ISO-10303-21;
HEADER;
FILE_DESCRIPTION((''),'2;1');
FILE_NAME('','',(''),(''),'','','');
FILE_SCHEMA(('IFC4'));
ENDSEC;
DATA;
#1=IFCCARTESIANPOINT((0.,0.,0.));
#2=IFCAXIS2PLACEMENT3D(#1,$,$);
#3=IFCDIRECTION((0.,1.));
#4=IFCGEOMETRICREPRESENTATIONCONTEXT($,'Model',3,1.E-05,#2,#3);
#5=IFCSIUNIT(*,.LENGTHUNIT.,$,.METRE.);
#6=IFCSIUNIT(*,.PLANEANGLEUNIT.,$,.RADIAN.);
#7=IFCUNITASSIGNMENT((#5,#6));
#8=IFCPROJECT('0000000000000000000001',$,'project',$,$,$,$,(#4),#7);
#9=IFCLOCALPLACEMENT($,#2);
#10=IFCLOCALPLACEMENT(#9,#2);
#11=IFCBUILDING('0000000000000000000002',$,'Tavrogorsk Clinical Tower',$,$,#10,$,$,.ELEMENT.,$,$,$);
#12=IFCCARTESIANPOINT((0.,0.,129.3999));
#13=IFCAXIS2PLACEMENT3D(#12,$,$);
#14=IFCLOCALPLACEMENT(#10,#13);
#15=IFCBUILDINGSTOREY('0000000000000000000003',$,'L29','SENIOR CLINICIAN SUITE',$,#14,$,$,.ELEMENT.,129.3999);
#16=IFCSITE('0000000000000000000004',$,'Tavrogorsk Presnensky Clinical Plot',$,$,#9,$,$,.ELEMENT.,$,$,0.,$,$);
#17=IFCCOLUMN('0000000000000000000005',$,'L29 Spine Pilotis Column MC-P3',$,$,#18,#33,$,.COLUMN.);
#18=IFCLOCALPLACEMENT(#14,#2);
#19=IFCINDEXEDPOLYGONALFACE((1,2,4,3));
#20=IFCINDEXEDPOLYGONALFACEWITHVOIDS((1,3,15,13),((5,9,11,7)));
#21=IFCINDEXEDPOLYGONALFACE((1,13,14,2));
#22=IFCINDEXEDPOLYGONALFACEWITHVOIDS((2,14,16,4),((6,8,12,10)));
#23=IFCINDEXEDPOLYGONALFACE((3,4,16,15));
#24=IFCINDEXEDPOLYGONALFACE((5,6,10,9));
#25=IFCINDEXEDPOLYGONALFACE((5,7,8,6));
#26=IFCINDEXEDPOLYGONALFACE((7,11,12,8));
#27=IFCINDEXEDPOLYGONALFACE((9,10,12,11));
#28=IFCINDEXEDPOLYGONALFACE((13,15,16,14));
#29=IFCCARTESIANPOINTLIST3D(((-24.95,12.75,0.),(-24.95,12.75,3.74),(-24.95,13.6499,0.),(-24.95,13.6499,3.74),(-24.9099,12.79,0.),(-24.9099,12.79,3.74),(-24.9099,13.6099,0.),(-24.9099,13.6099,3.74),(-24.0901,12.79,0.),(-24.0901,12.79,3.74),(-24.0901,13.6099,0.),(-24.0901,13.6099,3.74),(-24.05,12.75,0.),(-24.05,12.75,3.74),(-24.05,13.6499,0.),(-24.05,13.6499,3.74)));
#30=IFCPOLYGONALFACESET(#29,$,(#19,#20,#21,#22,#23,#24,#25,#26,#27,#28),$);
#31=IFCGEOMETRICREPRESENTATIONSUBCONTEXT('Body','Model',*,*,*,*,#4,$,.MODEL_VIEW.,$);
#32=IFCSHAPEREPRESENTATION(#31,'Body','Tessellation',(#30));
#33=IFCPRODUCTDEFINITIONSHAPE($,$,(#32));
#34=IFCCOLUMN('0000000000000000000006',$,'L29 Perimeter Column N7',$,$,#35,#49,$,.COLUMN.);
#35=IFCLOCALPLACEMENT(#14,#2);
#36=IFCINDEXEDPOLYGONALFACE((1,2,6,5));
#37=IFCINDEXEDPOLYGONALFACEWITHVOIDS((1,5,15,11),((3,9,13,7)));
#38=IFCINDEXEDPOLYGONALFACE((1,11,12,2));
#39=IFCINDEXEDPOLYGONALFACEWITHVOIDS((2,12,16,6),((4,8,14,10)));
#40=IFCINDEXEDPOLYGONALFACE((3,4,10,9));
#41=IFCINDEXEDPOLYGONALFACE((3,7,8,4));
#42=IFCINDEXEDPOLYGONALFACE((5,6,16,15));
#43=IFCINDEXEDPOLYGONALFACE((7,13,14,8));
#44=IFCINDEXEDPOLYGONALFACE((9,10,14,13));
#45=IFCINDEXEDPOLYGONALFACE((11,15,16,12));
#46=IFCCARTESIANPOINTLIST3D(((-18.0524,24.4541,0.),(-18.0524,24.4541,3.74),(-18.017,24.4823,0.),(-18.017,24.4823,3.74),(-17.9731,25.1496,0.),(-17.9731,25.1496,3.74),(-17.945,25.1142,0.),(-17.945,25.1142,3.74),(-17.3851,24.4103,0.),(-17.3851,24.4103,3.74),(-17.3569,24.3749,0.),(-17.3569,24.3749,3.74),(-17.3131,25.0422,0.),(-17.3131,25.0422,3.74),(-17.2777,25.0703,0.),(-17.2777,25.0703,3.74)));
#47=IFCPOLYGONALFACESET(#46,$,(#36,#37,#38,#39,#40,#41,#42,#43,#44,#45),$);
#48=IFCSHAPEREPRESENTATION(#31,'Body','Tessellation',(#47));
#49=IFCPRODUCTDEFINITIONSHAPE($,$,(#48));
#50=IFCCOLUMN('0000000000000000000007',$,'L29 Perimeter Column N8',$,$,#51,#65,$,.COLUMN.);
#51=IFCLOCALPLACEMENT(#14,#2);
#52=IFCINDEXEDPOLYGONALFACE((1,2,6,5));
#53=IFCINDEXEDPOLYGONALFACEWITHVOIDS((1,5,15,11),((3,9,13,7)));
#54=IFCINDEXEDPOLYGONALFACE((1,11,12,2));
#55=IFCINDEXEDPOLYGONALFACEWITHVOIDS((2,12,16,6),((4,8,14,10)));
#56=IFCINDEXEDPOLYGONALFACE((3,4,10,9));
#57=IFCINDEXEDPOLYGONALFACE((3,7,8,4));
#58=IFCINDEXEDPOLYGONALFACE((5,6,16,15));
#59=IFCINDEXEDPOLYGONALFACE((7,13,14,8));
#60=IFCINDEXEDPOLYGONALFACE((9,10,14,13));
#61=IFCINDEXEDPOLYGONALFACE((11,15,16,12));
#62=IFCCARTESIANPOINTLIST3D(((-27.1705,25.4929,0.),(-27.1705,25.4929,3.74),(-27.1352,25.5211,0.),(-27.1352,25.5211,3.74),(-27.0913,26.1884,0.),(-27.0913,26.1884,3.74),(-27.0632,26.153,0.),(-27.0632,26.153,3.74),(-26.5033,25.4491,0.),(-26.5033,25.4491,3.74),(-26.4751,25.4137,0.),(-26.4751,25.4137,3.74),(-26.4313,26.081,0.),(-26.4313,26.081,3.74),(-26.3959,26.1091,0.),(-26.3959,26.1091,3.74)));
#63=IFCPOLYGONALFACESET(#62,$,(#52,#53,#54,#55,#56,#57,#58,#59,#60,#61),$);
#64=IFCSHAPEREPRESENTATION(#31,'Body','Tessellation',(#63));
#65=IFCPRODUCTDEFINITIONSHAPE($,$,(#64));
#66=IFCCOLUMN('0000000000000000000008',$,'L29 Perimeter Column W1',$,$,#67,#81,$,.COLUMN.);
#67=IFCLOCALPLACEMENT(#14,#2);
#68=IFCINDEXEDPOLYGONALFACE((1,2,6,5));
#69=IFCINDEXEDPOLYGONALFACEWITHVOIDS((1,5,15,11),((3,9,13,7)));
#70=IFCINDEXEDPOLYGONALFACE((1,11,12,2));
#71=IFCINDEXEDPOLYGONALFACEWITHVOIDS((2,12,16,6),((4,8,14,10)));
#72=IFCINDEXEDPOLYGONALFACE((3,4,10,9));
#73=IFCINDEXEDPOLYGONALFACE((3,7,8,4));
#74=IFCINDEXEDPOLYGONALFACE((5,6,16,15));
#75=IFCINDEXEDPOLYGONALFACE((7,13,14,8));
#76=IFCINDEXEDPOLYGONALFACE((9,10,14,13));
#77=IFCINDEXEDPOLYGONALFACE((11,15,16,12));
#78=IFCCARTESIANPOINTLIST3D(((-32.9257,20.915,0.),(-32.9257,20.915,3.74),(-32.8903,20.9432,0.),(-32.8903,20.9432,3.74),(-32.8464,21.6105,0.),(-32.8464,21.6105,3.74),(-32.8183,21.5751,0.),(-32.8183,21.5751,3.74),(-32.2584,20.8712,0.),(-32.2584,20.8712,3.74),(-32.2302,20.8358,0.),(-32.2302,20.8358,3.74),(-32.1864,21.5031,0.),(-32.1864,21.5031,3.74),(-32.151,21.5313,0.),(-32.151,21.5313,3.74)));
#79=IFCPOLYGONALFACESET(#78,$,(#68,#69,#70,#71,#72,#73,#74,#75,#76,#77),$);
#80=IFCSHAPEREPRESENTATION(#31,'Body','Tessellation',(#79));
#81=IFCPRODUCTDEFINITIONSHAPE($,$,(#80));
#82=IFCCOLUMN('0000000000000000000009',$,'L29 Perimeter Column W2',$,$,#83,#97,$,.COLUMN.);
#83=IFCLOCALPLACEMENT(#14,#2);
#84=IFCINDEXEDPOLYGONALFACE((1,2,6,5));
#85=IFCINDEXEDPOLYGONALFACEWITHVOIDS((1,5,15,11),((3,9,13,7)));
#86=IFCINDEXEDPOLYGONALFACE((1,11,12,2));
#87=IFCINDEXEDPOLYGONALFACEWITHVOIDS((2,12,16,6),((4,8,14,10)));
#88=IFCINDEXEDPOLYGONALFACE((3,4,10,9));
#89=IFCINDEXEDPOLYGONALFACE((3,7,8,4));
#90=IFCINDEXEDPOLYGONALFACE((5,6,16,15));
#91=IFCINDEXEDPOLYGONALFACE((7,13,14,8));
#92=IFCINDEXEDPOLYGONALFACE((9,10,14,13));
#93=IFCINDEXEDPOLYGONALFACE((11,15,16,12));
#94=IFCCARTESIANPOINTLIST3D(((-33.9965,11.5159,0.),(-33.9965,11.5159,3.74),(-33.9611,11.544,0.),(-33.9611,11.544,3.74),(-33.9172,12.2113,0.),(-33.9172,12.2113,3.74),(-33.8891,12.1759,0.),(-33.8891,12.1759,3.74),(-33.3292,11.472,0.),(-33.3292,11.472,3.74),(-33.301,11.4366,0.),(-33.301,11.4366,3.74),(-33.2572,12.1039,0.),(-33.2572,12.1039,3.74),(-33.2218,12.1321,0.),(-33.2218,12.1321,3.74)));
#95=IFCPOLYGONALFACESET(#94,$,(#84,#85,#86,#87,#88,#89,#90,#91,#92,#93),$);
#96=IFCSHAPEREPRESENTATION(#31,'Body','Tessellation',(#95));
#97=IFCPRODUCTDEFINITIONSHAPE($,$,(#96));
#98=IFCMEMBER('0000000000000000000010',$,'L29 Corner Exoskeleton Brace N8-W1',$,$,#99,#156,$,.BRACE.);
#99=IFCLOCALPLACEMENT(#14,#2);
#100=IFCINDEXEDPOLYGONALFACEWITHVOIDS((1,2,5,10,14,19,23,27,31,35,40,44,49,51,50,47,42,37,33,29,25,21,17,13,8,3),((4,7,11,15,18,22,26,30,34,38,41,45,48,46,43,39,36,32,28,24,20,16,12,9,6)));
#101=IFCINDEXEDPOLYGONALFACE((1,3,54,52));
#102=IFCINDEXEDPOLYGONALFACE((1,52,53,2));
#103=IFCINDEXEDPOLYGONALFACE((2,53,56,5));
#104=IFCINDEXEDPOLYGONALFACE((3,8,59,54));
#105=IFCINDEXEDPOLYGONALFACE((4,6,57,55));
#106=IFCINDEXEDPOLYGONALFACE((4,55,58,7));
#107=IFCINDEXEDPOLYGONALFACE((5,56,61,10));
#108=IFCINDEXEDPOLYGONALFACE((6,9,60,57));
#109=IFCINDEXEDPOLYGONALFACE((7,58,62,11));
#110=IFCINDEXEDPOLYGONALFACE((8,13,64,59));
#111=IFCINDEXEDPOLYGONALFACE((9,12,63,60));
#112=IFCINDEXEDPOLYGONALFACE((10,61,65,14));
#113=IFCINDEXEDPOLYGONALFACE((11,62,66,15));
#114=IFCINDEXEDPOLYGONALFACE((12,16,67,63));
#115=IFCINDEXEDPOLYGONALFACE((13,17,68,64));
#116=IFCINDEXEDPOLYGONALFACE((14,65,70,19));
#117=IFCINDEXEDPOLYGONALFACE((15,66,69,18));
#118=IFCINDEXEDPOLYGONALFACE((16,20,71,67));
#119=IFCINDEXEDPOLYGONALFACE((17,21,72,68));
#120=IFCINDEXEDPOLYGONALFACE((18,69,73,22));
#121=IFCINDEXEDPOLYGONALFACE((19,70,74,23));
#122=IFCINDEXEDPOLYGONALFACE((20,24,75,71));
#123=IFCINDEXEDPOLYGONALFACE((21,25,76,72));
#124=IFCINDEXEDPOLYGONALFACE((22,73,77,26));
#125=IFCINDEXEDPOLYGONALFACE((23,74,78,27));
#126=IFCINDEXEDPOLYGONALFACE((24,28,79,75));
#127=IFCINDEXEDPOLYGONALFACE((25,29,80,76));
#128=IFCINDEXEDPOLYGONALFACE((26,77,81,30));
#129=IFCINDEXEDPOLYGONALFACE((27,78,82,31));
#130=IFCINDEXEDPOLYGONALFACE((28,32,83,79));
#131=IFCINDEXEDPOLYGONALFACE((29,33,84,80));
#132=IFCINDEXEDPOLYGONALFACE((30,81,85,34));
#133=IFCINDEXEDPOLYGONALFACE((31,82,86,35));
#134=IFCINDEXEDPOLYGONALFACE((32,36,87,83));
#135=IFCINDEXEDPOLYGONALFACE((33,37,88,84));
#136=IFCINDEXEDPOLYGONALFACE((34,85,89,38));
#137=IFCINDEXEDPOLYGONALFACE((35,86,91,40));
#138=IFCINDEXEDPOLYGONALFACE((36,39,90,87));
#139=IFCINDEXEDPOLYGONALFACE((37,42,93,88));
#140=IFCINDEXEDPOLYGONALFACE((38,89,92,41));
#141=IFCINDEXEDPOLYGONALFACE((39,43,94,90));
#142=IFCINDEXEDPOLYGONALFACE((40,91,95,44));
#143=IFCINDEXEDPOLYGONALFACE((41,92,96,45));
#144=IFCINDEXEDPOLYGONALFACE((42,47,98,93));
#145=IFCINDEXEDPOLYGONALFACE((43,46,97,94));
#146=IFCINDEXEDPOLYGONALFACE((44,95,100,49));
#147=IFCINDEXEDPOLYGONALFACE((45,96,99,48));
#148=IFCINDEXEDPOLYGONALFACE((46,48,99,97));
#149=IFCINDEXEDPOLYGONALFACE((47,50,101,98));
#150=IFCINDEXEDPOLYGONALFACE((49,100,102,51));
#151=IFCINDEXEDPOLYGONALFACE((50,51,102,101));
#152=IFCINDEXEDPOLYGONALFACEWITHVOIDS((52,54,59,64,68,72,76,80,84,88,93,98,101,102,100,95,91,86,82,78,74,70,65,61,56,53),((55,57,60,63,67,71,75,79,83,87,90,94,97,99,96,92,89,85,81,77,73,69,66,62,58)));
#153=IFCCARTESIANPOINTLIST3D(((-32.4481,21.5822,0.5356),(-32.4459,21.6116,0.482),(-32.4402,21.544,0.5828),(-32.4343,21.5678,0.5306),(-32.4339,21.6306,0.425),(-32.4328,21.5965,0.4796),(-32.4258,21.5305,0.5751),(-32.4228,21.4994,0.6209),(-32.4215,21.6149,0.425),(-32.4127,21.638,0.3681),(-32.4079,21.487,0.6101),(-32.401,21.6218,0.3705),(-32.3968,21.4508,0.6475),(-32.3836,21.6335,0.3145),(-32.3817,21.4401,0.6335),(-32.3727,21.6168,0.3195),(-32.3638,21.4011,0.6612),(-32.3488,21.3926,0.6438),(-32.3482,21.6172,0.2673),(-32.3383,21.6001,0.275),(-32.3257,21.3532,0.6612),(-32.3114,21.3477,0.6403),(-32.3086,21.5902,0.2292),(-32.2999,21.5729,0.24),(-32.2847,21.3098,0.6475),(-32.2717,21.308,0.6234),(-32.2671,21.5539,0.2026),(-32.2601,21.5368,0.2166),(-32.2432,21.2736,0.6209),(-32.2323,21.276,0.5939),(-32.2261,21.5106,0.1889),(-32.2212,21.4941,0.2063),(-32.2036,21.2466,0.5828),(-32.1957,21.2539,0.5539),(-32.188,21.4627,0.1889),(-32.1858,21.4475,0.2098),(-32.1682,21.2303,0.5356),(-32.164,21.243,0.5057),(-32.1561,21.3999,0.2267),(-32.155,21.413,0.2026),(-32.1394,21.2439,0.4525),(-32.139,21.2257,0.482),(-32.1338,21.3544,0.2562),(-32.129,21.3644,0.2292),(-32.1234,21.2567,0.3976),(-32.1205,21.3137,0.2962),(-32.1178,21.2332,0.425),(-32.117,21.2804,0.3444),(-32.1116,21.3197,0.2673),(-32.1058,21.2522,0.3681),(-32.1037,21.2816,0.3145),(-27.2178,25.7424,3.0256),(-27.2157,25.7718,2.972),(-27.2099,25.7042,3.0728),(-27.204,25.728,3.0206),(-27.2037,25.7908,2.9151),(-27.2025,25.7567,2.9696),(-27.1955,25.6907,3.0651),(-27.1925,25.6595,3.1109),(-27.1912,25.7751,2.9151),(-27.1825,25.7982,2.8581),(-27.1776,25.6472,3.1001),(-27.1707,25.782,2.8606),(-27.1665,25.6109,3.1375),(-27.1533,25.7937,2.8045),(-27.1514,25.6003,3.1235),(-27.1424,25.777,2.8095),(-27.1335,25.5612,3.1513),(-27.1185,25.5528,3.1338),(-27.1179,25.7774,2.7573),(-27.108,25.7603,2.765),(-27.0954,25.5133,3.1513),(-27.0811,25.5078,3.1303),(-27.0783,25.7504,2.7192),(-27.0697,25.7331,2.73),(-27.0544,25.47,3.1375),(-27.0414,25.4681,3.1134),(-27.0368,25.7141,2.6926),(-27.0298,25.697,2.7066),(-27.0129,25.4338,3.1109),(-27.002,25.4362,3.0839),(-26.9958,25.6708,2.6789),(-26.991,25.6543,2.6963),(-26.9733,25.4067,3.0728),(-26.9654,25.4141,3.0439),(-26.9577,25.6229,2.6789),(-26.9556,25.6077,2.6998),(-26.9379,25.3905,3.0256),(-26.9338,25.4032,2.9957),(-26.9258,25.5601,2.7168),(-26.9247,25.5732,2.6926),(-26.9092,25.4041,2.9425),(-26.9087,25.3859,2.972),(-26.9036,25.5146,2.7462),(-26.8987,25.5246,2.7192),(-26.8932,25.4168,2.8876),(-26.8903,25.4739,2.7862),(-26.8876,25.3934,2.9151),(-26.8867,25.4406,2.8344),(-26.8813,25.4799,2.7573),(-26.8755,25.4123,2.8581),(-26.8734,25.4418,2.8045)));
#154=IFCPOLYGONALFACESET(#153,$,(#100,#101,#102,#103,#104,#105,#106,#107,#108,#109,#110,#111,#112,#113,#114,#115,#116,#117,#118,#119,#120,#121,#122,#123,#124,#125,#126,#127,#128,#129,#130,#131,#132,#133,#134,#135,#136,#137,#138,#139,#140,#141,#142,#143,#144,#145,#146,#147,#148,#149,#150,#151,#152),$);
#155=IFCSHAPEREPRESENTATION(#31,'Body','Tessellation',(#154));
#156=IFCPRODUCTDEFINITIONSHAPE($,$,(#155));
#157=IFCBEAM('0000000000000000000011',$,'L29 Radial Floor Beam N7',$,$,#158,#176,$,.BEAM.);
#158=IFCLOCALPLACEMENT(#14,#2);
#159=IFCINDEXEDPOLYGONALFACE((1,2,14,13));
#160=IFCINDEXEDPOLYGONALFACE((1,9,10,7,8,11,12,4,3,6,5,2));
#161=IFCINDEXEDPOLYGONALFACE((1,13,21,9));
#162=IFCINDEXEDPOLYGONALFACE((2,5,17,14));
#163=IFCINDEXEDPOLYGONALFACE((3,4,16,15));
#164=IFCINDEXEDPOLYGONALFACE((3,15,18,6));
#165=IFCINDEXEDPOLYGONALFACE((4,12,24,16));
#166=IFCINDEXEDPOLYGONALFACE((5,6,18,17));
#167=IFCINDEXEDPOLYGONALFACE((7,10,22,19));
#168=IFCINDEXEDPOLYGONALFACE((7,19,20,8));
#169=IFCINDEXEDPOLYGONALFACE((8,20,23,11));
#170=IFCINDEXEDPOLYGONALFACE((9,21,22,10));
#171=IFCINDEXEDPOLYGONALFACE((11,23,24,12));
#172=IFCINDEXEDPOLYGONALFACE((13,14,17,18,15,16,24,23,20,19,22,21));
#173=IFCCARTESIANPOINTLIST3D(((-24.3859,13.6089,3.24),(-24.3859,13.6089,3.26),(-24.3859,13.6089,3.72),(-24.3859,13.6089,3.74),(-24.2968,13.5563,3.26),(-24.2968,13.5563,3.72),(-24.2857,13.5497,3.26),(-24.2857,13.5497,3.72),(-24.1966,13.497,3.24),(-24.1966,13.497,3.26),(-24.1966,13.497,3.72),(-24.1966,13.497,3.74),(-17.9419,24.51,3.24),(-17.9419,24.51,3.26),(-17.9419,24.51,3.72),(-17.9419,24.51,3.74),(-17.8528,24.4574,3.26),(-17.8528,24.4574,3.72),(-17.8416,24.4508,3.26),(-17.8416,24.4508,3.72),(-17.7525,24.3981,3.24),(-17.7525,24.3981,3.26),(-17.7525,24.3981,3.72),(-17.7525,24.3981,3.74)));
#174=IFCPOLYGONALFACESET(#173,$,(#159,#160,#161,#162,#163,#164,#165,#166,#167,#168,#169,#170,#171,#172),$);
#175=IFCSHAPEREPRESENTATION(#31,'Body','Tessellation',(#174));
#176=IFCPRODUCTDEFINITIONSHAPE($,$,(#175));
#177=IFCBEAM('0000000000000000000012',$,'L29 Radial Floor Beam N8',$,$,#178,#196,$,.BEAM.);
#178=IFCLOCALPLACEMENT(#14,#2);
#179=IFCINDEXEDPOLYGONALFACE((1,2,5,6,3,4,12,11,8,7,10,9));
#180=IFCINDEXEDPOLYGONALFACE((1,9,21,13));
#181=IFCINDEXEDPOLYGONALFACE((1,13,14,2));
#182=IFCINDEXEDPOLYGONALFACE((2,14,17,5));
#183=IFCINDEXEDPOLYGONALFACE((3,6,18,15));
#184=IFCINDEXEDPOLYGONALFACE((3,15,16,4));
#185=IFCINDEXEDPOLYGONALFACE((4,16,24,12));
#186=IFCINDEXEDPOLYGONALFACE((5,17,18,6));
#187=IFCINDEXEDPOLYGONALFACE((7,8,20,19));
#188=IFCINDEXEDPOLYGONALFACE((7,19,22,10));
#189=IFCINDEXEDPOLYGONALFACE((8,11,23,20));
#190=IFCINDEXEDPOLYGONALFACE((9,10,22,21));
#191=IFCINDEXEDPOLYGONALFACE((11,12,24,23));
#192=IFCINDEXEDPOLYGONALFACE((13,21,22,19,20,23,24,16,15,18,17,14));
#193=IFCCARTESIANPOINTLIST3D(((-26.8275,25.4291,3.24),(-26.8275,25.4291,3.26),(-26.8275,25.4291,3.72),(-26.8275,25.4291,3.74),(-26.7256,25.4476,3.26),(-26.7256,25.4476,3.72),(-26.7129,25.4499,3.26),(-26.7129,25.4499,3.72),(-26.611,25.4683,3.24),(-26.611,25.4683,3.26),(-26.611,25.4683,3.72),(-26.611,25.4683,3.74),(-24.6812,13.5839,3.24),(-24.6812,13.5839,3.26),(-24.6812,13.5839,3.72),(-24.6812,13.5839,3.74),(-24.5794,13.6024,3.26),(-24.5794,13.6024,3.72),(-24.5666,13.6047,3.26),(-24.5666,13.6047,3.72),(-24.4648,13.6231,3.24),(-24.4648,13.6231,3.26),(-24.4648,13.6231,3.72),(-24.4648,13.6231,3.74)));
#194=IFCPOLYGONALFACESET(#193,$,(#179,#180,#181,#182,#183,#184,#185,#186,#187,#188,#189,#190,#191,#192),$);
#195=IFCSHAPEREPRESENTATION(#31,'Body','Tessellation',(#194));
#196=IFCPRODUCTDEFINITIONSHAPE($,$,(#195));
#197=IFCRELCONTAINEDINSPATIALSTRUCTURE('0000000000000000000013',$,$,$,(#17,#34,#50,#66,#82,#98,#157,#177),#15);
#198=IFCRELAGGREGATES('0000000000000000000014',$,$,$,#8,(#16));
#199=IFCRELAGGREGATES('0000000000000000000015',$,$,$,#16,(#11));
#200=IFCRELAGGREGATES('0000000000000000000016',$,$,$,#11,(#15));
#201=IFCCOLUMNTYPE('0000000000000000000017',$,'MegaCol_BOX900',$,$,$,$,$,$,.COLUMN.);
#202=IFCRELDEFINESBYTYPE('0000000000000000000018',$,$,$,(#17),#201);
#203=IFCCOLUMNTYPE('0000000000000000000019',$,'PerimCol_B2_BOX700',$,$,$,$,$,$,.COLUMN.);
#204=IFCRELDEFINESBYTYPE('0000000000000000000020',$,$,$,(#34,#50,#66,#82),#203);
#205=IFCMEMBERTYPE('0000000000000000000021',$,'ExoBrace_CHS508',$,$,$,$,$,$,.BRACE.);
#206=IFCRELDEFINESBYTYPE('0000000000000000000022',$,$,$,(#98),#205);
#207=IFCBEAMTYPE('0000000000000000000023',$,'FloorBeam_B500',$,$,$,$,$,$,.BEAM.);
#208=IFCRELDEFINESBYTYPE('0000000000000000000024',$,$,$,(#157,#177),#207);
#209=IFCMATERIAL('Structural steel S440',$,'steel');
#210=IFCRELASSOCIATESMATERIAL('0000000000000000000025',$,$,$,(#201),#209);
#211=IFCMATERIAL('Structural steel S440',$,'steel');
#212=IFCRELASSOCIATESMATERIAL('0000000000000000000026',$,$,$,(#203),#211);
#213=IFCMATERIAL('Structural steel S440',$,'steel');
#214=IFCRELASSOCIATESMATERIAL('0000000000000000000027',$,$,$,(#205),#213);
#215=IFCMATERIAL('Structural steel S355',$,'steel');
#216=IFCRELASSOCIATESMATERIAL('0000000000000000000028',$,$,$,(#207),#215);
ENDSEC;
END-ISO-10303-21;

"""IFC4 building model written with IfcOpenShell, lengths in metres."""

from ifc_helpers import new_model, si_unit, direction, frame, origin, origin_2d, place, context, subcontext, project, spatial, hollow_rectangle, hollow_circle, i_section, extrude, material, material_profile, profile_set, type_object, element, save


model = new_model("IFC4")

# Units and contexts
model_context = context("Model", 3, precision=1e-05, world=origin(), true_north=direction((0.0, 1.0)))
body_context = subcontext(model_context, "Body", "Model", "MODEL_VIEW")
ifc_project = project(units=[si_unit("LENGTHUNIT", "METRE"), si_unit("PLANEANGLEUNIT", "RADIAN")], contexts=[model_context])

# Site, building, storey
site_placement = place(None, origin())
site = spatial("IfcSite", under=ifc_project, at=site_placement, Name="Tavrogorsk Presnensky Clinical Plot", CompositionType="ELEMENT", RefElevation=0.0)
building_placement = place(site_placement, origin())
building = spatial("IfcBuilding", under=site, at=building_placement, Name="Tavrogorsk Clinical Tower", CompositionType="ELEMENT")
storey_placement = place(building_placement, frame((0.0, 0.0, 129.3999)))
storey = spatial("IfcBuildingStorey", under=building, at=storey_placement, Name="L29", Description="SENIOR CLINICIAN SUITE", CompositionType="ELEMENT", Elevation=129.3999)

# Columns
ifc_material_1 = material(Name="Structural steel S440", Category="steel")
ifc_material_profile_1 = material_profile(ifc_material_1, hollow_rectangle(XDim=0.8999, YDim=0.8999, WallThickness=0.04, at=origin_2d()), Name="BOX-900x900x40")
ifc_profile_set_1 = profile_set([ifc_material_profile_1], Name="Structural steel S440")
column_type_1 = type_object("IfcColumnType", Name="MegaCol_BOX900", PredefinedType="COLUMN", material=ifc_profile_set_1)
column_placement = place(storey_placement, frame((-24.5, 13.2, 0.0), z_axis=(0.0, 0.0, 1.0), x_axis=(1.0, 0.0, 0.0)))
element("IfcColumn", 1, at=column_placement, inside=storey, type_object=column_type_1, Name="L29 Spine Pilotis Column MC-P3", PredefinedType="COLUMN", context=body_context, shape_type="SweptSolid", body=[
    extrude(hollow_rectangle(XDim=0.8999, YDim=0.8999, WallThickness=0.04, at=origin_2d()), origin(), (0.0, 0.0, 1.0), 3.74),
])
ifc_material_2 = material(Name="Structural steel S440", Category="steel")
ifc_material_profile_2 = material_profile(ifc_material_2, hollow_rectangle(XDim=0.7, YDim=0.7, WallThickness=0.032, at=origin_2d()), Name="BOX-700x700x32")
ifc_profile_set_2 = profile_set([ifc_material_profile_2], Name="Structural steel S440")
column_type_2 = type_object("IfcColumnType", Name="PerimCol_B2_BOX700", PredefinedType="COLUMN", material=ifc_profile_set_2)
for number, where, z_axis, x_axis, name in (
    (2, (-17.665, 24.7622, 0.0), (0.0, 0.0, 1.0), (0.993572, -0.113203, 0.0), "L29 Perimeter Column N7"),
    (3, (-26.7832, 25.801, 0.0), (0.0, 0.0, 1.0), (0.993572, -0.113203, 0.0), "L29 Perimeter Column N8"),
    (4, (-32.5383, 21.2231, 0.0), (0.0, 0.0, 1.0), (0.993572, -0.113203, 0.0), "L29 Perimeter Column W1"),
    (5, (-33.6091, 11.824, 0.0), (0.0, 0.0, 1.0), (0.993572, -0.113203, 0.0), "L29 Perimeter Column W2"),
):
    element("IfcColumn", number, at=place(storey_placement, frame(where, z_axis=z_axis, x_axis=x_axis)), inside=storey, type_object=column_type_2, Name=name, PredefinedType="COLUMN", context=body_context, shape_type="SweptSolid", body=[
        extrude(hollow_rectangle(XDim=0.7, YDim=0.7, WallThickness=0.032, at=origin_2d()), origin(), (0.0, 0.0, 1.0), 3.74),
    ])

# Member
ifc_material_3 = material(Name="Structural steel S440", Category="steel")
ifc_material_profile_3 = material_profile(ifc_material_3, hollow_circle(Radius=0.2539, WallThickness=0.02, at=origin_2d()), Name="CHS-508x20")
ifc_profile_set_3 = profile_set([ifc_material_profile_3], Name="Structural steel S440")
member_type_1 = type_object("IfcMemberType", Name="ExoBrace_CHS508", PredefinedType="BRACE", material=ifc_profile_set_3)
member_1_placement = place(storey_placement, frame((-32.2759, 21.4319, 0.425), z_axis=(0.733369, 0.583327, 0.34914), x_axis=(-0.622501, 0.782619, 0.0)))
element("IfcMember", 6, at=member_1_placement, inside=storey, type_object=member_type_1, Name="L29 Corner Exoskeleton Brace N8-W1", PredefinedType="BRACE", context=body_context, shape_type="SweptSolid", body=[
    extrude(hollow_circle(Radius=0.2539, WallThickness=0.02, at=origin_2d()), origin(), (0.0, 0.0, 1.0), 7.1318),
])

# Beams
ifc_material_4 = material(Name="Structural steel S355", Category="steel")
ifc_material_profile_4 = material_profile(ifc_material_4, i_section(OverallWidth=0.22, OverallDepth=0.5, WebThickness=0.0129, FlangeThickness=0.02, at=origin_2d()), Name="B-500x220x13x20")
ifc_profile_set_4 = profile_set([ifc_material_profile_4], Name="Structural steel S355")
beam_type_1 = type_object("IfcBeamType", Name="FloorBeam_B500", PredefinedType="BEAM", material=ifc_profile_set_4)
beam_1_placement = place(storey_placement, frame((-24.2913, 13.553, 3.49), z_axis=(0.508877, 0.860839, 0.0), x_axis=(-0.860839, 0.508877, 0.0)))
element("IfcBeam", 7, at=beam_1_placement, inside=storey, type_object=beam_type_1, Name="L29 Radial Floor Beam N7", PredefinedType="BEAM", context=body_context, shape_type="SweptSolid", body=[
    extrude(i_section(OverallWidth=0.22, OverallDepth=0.5, WebThickness=0.0129, FlangeThickness=0.02, at=origin_2d()), origin(), (0.0, 0.0, 1.0), 12.6633),
])
beam_2_placement = place(storey_placement, frame((-24.573, 13.6035, 3.49), z_axis=(-0.178288, 0.983978, 0.0), x_axis=(-0.983978, -0.178288, 0.0)))
element("IfcBeam", 8, at=beam_2_placement, inside=storey, type_object=beam_type_1, Name="L29 Radial Floor Beam N8", PredefinedType="BEAM", context=body_context, shape_type="SweptSolid", body=[
    extrude(i_section(OverallWidth=0.22, OverallDepth=0.5, WebThickness=0.0129, FlangeThickness=0.02, at=origin_2d()), origin(), (0.0, 0.0, 1.0), 12.0381),
])

save(model, "model.ifc")
